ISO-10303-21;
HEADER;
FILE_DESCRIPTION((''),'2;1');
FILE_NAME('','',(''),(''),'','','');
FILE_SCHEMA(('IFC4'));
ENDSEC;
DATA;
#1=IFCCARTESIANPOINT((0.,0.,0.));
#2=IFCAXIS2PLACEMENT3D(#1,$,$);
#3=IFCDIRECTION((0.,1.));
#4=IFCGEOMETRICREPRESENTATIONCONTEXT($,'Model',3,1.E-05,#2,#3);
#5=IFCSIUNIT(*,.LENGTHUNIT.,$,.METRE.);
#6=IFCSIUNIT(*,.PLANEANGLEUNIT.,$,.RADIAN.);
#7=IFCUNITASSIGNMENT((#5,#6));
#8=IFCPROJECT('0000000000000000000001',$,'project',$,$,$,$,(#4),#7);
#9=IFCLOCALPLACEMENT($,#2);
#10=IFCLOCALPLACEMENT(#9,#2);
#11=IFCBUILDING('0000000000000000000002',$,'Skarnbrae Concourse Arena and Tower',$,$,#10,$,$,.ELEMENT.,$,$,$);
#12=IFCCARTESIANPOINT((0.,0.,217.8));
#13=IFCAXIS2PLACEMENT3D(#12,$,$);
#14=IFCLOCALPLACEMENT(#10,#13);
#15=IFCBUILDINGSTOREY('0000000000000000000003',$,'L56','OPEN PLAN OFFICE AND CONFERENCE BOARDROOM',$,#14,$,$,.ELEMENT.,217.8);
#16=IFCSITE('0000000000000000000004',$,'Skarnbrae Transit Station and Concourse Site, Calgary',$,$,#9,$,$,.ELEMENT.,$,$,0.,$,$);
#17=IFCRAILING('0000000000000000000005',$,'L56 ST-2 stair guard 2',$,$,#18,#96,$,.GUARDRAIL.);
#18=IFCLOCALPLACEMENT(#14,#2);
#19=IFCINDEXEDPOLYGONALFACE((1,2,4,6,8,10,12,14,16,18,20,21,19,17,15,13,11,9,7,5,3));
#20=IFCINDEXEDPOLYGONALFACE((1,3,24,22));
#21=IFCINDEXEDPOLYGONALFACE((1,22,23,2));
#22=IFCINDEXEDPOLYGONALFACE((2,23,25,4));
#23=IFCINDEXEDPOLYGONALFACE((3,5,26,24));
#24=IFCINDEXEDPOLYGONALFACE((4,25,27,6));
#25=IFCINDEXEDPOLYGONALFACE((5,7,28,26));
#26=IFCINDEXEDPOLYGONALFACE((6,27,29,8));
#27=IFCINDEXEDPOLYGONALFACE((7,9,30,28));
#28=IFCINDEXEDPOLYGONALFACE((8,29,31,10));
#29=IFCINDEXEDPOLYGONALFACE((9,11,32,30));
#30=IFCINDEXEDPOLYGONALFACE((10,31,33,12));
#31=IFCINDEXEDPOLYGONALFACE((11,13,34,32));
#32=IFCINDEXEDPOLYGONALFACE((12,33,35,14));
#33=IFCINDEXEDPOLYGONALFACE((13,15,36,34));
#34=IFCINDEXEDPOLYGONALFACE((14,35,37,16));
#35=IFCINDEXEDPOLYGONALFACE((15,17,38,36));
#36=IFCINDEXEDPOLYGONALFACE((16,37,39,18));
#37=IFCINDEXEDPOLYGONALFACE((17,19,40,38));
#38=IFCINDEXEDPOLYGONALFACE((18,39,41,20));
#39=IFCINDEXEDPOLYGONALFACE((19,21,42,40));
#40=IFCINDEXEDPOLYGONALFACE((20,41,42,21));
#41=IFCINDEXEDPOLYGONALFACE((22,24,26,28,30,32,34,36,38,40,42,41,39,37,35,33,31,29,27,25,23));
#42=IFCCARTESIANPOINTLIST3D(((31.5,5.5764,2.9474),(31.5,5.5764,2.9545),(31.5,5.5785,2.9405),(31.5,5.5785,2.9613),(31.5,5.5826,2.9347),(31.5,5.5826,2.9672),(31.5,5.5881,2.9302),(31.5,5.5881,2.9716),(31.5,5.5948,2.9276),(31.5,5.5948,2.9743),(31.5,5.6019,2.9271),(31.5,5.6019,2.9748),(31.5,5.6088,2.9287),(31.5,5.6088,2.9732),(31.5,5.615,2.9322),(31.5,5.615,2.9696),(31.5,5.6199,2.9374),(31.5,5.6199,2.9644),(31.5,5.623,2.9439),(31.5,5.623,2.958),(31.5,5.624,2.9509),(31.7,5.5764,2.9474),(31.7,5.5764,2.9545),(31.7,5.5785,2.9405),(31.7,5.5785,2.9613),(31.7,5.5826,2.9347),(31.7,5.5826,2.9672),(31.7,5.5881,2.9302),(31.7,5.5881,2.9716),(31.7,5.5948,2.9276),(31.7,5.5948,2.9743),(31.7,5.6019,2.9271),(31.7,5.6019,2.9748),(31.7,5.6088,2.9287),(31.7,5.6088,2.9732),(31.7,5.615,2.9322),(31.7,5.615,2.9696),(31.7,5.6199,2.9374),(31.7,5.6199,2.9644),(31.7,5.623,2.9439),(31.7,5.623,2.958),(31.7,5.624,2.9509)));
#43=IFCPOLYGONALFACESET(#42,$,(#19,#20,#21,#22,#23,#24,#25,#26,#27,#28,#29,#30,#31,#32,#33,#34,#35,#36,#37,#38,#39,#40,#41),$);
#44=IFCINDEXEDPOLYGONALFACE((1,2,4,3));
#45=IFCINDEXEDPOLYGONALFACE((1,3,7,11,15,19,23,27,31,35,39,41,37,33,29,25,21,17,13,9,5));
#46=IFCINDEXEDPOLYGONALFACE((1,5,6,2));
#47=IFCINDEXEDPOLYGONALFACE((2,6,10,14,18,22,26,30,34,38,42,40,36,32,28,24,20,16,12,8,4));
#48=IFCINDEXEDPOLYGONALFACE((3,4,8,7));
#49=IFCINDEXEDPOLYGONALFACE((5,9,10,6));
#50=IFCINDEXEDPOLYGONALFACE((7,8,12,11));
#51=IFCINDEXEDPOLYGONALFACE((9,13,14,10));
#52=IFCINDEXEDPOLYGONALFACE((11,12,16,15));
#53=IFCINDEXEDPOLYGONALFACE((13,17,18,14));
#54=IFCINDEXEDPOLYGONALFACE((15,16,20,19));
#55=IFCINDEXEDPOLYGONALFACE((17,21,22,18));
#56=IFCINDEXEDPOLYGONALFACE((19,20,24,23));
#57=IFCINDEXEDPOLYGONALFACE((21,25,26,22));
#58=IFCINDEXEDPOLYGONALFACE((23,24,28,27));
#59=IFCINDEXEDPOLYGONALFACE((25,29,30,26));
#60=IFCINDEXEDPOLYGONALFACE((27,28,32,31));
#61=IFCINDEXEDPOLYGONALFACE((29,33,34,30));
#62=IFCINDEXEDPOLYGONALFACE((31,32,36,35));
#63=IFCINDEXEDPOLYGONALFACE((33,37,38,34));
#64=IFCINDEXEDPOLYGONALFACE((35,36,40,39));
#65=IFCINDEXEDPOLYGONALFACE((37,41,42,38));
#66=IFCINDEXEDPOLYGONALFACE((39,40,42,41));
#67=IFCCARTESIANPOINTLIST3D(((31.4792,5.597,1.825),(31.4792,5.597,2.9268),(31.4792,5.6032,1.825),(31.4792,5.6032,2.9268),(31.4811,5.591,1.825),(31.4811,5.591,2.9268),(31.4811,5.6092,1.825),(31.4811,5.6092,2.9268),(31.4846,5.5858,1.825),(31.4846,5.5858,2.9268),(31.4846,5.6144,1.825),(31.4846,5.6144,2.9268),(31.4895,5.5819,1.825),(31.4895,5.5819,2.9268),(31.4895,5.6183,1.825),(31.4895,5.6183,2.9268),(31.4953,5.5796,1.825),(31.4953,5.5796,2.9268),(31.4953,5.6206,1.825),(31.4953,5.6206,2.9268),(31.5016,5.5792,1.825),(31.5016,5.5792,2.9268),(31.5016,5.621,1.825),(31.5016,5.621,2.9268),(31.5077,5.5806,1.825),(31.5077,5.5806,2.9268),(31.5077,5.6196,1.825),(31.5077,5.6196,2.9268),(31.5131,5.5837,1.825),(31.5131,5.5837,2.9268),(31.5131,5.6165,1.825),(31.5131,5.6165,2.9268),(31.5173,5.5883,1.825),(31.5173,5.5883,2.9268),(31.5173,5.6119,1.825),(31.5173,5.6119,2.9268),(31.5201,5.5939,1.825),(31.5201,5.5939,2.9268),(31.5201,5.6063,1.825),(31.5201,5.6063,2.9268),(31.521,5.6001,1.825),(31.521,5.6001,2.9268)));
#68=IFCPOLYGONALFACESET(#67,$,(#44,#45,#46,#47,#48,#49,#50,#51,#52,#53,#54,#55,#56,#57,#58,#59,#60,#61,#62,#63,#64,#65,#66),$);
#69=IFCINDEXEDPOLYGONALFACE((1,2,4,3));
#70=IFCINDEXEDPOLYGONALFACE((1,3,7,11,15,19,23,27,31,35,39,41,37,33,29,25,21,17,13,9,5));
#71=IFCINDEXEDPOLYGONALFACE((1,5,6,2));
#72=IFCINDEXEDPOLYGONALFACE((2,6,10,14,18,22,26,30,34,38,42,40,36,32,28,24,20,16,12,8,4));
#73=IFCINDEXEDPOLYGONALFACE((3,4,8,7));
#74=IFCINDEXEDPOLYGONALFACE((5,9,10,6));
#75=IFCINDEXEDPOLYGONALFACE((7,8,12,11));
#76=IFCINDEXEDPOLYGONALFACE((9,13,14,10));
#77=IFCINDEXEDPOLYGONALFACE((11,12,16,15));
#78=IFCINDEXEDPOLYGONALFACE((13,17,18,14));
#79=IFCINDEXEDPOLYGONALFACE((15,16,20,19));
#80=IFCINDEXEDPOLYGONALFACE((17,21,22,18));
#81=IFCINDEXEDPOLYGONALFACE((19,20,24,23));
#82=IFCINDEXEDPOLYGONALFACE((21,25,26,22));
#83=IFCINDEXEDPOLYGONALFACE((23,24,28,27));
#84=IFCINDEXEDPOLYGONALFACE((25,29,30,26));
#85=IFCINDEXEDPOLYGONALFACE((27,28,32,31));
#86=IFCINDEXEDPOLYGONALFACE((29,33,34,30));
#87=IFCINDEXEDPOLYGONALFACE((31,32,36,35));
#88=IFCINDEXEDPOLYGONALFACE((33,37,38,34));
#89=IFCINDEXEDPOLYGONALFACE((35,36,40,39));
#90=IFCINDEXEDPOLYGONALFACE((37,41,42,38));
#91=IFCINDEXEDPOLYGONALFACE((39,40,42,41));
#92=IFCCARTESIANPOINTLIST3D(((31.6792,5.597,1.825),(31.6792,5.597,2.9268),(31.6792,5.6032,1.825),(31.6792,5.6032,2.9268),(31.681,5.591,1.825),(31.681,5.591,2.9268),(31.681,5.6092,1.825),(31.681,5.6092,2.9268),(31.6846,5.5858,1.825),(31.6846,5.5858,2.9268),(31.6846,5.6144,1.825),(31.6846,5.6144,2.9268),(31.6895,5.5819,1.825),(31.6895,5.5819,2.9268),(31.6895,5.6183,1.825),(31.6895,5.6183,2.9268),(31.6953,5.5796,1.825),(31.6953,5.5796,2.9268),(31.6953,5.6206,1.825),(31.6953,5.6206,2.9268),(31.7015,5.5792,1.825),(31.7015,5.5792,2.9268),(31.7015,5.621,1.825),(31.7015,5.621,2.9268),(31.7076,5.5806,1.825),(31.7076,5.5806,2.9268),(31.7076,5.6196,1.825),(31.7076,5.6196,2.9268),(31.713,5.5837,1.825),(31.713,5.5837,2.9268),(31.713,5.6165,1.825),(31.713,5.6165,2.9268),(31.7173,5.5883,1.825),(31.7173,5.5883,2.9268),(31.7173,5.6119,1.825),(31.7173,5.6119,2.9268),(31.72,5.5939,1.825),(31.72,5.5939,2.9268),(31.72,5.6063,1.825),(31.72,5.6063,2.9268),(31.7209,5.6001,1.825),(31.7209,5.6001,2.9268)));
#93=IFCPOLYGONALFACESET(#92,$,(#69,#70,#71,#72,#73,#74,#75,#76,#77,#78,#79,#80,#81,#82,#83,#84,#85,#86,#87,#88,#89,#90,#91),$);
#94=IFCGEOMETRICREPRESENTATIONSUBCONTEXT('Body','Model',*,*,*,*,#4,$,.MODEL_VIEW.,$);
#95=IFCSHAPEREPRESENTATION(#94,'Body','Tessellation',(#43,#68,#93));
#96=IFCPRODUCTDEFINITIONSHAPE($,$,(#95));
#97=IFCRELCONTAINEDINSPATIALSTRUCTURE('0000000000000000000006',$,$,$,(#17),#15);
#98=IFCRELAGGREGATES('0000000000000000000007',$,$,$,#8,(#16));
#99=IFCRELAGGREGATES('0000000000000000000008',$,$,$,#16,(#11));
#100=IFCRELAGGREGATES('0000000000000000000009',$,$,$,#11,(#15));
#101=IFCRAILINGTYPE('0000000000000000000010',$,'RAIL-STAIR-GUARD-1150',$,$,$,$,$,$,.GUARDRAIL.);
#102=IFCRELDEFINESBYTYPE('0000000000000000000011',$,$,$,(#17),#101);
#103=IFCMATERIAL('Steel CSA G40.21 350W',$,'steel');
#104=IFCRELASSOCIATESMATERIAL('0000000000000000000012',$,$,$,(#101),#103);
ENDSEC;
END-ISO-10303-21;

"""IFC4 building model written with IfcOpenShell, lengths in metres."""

from ifc_helpers import new_model, si_unit, direction, frame, origin, origin_2d, place, context, subcontext, project, spatial, circle, extrude, material, type_object, element, save


model = new_model("IFC4")

# Units and contexts
model_context = context("Model", 3, precision=1e-05, world=origin(), true_north=direction((0.0, 1.0)))
body_context = subcontext(model_context, "Body", "Model", "MODEL_VIEW")
ifc_project = project(units=[si_unit("LENGTHUNIT", "METRE"), si_unit("PLANEANGLEUNIT", "RADIAN")], contexts=[model_context])

# Site, building, storey
site_placement = place(None, origin())
site = spatial("IfcSite", under=ifc_project, at=site_placement, Name="Skarnbrae Transit Station and Concourse Site, Calgary", CompositionType="ELEMENT", RefElevation=0.0)
building_placement = place(site_placement, origin())
building = spatial("IfcBuilding", under=site, at=building_placement, Name="Skarnbrae Concourse Arena and Tower", CompositionType="ELEMENT")
storey_placement = place(building_placement, frame((0.0, 0.0, 217.8)))
storey = spatial("IfcBuildingStorey", under=building, at=storey_placement, Name="L56", Description="OPEN PLAN OFFICE AND CONFERENCE BOARDROOM", CompositionType="ELEMENT", Elevation=217.8)

# Shared definitions
ifc_material_1 = material(Name="Steel CSA G40.21 350W", Category="steel")

# Railing
railing_type_1 = type_object("IfcRailingType", Name="RAIL-STAIR-GUARD-1150", PredefinedType="GUARDRAIL", material=ifc_material_1)
railing_1_placement = place(storey_placement, frame((31.5, 5.6001, 1.825)))
element("IfcRailing", 1, at=railing_1_placement, inside=storey, type_object=railing_type_1, Name="L56 ST-2 stair guard 2", PredefinedType="GUARDRAIL", context=body_context, shape_type="SweptSolid", body=[
    extrude(circle(Radius=0.0239, at=origin_2d()), frame((0.0, 0.0, 1.126), z_axis=(1.0, 0.0, 0.0), x_axis=(0.0, 1.0, 0.0)), (0.0, 0.0, 1.0), 0.2),
    extrude(circle(Radius=0.021, at=origin_2d()), origin(), (0.0, 0.0, 1.0), 1.1018),
    extrude(circle(Radius=0.021, at=origin_2d()), frame((0.2, 0.0, 0.0)), (0.0, 0.0, 1.0), 1.1018),
])

save(model, "model.ifc")
